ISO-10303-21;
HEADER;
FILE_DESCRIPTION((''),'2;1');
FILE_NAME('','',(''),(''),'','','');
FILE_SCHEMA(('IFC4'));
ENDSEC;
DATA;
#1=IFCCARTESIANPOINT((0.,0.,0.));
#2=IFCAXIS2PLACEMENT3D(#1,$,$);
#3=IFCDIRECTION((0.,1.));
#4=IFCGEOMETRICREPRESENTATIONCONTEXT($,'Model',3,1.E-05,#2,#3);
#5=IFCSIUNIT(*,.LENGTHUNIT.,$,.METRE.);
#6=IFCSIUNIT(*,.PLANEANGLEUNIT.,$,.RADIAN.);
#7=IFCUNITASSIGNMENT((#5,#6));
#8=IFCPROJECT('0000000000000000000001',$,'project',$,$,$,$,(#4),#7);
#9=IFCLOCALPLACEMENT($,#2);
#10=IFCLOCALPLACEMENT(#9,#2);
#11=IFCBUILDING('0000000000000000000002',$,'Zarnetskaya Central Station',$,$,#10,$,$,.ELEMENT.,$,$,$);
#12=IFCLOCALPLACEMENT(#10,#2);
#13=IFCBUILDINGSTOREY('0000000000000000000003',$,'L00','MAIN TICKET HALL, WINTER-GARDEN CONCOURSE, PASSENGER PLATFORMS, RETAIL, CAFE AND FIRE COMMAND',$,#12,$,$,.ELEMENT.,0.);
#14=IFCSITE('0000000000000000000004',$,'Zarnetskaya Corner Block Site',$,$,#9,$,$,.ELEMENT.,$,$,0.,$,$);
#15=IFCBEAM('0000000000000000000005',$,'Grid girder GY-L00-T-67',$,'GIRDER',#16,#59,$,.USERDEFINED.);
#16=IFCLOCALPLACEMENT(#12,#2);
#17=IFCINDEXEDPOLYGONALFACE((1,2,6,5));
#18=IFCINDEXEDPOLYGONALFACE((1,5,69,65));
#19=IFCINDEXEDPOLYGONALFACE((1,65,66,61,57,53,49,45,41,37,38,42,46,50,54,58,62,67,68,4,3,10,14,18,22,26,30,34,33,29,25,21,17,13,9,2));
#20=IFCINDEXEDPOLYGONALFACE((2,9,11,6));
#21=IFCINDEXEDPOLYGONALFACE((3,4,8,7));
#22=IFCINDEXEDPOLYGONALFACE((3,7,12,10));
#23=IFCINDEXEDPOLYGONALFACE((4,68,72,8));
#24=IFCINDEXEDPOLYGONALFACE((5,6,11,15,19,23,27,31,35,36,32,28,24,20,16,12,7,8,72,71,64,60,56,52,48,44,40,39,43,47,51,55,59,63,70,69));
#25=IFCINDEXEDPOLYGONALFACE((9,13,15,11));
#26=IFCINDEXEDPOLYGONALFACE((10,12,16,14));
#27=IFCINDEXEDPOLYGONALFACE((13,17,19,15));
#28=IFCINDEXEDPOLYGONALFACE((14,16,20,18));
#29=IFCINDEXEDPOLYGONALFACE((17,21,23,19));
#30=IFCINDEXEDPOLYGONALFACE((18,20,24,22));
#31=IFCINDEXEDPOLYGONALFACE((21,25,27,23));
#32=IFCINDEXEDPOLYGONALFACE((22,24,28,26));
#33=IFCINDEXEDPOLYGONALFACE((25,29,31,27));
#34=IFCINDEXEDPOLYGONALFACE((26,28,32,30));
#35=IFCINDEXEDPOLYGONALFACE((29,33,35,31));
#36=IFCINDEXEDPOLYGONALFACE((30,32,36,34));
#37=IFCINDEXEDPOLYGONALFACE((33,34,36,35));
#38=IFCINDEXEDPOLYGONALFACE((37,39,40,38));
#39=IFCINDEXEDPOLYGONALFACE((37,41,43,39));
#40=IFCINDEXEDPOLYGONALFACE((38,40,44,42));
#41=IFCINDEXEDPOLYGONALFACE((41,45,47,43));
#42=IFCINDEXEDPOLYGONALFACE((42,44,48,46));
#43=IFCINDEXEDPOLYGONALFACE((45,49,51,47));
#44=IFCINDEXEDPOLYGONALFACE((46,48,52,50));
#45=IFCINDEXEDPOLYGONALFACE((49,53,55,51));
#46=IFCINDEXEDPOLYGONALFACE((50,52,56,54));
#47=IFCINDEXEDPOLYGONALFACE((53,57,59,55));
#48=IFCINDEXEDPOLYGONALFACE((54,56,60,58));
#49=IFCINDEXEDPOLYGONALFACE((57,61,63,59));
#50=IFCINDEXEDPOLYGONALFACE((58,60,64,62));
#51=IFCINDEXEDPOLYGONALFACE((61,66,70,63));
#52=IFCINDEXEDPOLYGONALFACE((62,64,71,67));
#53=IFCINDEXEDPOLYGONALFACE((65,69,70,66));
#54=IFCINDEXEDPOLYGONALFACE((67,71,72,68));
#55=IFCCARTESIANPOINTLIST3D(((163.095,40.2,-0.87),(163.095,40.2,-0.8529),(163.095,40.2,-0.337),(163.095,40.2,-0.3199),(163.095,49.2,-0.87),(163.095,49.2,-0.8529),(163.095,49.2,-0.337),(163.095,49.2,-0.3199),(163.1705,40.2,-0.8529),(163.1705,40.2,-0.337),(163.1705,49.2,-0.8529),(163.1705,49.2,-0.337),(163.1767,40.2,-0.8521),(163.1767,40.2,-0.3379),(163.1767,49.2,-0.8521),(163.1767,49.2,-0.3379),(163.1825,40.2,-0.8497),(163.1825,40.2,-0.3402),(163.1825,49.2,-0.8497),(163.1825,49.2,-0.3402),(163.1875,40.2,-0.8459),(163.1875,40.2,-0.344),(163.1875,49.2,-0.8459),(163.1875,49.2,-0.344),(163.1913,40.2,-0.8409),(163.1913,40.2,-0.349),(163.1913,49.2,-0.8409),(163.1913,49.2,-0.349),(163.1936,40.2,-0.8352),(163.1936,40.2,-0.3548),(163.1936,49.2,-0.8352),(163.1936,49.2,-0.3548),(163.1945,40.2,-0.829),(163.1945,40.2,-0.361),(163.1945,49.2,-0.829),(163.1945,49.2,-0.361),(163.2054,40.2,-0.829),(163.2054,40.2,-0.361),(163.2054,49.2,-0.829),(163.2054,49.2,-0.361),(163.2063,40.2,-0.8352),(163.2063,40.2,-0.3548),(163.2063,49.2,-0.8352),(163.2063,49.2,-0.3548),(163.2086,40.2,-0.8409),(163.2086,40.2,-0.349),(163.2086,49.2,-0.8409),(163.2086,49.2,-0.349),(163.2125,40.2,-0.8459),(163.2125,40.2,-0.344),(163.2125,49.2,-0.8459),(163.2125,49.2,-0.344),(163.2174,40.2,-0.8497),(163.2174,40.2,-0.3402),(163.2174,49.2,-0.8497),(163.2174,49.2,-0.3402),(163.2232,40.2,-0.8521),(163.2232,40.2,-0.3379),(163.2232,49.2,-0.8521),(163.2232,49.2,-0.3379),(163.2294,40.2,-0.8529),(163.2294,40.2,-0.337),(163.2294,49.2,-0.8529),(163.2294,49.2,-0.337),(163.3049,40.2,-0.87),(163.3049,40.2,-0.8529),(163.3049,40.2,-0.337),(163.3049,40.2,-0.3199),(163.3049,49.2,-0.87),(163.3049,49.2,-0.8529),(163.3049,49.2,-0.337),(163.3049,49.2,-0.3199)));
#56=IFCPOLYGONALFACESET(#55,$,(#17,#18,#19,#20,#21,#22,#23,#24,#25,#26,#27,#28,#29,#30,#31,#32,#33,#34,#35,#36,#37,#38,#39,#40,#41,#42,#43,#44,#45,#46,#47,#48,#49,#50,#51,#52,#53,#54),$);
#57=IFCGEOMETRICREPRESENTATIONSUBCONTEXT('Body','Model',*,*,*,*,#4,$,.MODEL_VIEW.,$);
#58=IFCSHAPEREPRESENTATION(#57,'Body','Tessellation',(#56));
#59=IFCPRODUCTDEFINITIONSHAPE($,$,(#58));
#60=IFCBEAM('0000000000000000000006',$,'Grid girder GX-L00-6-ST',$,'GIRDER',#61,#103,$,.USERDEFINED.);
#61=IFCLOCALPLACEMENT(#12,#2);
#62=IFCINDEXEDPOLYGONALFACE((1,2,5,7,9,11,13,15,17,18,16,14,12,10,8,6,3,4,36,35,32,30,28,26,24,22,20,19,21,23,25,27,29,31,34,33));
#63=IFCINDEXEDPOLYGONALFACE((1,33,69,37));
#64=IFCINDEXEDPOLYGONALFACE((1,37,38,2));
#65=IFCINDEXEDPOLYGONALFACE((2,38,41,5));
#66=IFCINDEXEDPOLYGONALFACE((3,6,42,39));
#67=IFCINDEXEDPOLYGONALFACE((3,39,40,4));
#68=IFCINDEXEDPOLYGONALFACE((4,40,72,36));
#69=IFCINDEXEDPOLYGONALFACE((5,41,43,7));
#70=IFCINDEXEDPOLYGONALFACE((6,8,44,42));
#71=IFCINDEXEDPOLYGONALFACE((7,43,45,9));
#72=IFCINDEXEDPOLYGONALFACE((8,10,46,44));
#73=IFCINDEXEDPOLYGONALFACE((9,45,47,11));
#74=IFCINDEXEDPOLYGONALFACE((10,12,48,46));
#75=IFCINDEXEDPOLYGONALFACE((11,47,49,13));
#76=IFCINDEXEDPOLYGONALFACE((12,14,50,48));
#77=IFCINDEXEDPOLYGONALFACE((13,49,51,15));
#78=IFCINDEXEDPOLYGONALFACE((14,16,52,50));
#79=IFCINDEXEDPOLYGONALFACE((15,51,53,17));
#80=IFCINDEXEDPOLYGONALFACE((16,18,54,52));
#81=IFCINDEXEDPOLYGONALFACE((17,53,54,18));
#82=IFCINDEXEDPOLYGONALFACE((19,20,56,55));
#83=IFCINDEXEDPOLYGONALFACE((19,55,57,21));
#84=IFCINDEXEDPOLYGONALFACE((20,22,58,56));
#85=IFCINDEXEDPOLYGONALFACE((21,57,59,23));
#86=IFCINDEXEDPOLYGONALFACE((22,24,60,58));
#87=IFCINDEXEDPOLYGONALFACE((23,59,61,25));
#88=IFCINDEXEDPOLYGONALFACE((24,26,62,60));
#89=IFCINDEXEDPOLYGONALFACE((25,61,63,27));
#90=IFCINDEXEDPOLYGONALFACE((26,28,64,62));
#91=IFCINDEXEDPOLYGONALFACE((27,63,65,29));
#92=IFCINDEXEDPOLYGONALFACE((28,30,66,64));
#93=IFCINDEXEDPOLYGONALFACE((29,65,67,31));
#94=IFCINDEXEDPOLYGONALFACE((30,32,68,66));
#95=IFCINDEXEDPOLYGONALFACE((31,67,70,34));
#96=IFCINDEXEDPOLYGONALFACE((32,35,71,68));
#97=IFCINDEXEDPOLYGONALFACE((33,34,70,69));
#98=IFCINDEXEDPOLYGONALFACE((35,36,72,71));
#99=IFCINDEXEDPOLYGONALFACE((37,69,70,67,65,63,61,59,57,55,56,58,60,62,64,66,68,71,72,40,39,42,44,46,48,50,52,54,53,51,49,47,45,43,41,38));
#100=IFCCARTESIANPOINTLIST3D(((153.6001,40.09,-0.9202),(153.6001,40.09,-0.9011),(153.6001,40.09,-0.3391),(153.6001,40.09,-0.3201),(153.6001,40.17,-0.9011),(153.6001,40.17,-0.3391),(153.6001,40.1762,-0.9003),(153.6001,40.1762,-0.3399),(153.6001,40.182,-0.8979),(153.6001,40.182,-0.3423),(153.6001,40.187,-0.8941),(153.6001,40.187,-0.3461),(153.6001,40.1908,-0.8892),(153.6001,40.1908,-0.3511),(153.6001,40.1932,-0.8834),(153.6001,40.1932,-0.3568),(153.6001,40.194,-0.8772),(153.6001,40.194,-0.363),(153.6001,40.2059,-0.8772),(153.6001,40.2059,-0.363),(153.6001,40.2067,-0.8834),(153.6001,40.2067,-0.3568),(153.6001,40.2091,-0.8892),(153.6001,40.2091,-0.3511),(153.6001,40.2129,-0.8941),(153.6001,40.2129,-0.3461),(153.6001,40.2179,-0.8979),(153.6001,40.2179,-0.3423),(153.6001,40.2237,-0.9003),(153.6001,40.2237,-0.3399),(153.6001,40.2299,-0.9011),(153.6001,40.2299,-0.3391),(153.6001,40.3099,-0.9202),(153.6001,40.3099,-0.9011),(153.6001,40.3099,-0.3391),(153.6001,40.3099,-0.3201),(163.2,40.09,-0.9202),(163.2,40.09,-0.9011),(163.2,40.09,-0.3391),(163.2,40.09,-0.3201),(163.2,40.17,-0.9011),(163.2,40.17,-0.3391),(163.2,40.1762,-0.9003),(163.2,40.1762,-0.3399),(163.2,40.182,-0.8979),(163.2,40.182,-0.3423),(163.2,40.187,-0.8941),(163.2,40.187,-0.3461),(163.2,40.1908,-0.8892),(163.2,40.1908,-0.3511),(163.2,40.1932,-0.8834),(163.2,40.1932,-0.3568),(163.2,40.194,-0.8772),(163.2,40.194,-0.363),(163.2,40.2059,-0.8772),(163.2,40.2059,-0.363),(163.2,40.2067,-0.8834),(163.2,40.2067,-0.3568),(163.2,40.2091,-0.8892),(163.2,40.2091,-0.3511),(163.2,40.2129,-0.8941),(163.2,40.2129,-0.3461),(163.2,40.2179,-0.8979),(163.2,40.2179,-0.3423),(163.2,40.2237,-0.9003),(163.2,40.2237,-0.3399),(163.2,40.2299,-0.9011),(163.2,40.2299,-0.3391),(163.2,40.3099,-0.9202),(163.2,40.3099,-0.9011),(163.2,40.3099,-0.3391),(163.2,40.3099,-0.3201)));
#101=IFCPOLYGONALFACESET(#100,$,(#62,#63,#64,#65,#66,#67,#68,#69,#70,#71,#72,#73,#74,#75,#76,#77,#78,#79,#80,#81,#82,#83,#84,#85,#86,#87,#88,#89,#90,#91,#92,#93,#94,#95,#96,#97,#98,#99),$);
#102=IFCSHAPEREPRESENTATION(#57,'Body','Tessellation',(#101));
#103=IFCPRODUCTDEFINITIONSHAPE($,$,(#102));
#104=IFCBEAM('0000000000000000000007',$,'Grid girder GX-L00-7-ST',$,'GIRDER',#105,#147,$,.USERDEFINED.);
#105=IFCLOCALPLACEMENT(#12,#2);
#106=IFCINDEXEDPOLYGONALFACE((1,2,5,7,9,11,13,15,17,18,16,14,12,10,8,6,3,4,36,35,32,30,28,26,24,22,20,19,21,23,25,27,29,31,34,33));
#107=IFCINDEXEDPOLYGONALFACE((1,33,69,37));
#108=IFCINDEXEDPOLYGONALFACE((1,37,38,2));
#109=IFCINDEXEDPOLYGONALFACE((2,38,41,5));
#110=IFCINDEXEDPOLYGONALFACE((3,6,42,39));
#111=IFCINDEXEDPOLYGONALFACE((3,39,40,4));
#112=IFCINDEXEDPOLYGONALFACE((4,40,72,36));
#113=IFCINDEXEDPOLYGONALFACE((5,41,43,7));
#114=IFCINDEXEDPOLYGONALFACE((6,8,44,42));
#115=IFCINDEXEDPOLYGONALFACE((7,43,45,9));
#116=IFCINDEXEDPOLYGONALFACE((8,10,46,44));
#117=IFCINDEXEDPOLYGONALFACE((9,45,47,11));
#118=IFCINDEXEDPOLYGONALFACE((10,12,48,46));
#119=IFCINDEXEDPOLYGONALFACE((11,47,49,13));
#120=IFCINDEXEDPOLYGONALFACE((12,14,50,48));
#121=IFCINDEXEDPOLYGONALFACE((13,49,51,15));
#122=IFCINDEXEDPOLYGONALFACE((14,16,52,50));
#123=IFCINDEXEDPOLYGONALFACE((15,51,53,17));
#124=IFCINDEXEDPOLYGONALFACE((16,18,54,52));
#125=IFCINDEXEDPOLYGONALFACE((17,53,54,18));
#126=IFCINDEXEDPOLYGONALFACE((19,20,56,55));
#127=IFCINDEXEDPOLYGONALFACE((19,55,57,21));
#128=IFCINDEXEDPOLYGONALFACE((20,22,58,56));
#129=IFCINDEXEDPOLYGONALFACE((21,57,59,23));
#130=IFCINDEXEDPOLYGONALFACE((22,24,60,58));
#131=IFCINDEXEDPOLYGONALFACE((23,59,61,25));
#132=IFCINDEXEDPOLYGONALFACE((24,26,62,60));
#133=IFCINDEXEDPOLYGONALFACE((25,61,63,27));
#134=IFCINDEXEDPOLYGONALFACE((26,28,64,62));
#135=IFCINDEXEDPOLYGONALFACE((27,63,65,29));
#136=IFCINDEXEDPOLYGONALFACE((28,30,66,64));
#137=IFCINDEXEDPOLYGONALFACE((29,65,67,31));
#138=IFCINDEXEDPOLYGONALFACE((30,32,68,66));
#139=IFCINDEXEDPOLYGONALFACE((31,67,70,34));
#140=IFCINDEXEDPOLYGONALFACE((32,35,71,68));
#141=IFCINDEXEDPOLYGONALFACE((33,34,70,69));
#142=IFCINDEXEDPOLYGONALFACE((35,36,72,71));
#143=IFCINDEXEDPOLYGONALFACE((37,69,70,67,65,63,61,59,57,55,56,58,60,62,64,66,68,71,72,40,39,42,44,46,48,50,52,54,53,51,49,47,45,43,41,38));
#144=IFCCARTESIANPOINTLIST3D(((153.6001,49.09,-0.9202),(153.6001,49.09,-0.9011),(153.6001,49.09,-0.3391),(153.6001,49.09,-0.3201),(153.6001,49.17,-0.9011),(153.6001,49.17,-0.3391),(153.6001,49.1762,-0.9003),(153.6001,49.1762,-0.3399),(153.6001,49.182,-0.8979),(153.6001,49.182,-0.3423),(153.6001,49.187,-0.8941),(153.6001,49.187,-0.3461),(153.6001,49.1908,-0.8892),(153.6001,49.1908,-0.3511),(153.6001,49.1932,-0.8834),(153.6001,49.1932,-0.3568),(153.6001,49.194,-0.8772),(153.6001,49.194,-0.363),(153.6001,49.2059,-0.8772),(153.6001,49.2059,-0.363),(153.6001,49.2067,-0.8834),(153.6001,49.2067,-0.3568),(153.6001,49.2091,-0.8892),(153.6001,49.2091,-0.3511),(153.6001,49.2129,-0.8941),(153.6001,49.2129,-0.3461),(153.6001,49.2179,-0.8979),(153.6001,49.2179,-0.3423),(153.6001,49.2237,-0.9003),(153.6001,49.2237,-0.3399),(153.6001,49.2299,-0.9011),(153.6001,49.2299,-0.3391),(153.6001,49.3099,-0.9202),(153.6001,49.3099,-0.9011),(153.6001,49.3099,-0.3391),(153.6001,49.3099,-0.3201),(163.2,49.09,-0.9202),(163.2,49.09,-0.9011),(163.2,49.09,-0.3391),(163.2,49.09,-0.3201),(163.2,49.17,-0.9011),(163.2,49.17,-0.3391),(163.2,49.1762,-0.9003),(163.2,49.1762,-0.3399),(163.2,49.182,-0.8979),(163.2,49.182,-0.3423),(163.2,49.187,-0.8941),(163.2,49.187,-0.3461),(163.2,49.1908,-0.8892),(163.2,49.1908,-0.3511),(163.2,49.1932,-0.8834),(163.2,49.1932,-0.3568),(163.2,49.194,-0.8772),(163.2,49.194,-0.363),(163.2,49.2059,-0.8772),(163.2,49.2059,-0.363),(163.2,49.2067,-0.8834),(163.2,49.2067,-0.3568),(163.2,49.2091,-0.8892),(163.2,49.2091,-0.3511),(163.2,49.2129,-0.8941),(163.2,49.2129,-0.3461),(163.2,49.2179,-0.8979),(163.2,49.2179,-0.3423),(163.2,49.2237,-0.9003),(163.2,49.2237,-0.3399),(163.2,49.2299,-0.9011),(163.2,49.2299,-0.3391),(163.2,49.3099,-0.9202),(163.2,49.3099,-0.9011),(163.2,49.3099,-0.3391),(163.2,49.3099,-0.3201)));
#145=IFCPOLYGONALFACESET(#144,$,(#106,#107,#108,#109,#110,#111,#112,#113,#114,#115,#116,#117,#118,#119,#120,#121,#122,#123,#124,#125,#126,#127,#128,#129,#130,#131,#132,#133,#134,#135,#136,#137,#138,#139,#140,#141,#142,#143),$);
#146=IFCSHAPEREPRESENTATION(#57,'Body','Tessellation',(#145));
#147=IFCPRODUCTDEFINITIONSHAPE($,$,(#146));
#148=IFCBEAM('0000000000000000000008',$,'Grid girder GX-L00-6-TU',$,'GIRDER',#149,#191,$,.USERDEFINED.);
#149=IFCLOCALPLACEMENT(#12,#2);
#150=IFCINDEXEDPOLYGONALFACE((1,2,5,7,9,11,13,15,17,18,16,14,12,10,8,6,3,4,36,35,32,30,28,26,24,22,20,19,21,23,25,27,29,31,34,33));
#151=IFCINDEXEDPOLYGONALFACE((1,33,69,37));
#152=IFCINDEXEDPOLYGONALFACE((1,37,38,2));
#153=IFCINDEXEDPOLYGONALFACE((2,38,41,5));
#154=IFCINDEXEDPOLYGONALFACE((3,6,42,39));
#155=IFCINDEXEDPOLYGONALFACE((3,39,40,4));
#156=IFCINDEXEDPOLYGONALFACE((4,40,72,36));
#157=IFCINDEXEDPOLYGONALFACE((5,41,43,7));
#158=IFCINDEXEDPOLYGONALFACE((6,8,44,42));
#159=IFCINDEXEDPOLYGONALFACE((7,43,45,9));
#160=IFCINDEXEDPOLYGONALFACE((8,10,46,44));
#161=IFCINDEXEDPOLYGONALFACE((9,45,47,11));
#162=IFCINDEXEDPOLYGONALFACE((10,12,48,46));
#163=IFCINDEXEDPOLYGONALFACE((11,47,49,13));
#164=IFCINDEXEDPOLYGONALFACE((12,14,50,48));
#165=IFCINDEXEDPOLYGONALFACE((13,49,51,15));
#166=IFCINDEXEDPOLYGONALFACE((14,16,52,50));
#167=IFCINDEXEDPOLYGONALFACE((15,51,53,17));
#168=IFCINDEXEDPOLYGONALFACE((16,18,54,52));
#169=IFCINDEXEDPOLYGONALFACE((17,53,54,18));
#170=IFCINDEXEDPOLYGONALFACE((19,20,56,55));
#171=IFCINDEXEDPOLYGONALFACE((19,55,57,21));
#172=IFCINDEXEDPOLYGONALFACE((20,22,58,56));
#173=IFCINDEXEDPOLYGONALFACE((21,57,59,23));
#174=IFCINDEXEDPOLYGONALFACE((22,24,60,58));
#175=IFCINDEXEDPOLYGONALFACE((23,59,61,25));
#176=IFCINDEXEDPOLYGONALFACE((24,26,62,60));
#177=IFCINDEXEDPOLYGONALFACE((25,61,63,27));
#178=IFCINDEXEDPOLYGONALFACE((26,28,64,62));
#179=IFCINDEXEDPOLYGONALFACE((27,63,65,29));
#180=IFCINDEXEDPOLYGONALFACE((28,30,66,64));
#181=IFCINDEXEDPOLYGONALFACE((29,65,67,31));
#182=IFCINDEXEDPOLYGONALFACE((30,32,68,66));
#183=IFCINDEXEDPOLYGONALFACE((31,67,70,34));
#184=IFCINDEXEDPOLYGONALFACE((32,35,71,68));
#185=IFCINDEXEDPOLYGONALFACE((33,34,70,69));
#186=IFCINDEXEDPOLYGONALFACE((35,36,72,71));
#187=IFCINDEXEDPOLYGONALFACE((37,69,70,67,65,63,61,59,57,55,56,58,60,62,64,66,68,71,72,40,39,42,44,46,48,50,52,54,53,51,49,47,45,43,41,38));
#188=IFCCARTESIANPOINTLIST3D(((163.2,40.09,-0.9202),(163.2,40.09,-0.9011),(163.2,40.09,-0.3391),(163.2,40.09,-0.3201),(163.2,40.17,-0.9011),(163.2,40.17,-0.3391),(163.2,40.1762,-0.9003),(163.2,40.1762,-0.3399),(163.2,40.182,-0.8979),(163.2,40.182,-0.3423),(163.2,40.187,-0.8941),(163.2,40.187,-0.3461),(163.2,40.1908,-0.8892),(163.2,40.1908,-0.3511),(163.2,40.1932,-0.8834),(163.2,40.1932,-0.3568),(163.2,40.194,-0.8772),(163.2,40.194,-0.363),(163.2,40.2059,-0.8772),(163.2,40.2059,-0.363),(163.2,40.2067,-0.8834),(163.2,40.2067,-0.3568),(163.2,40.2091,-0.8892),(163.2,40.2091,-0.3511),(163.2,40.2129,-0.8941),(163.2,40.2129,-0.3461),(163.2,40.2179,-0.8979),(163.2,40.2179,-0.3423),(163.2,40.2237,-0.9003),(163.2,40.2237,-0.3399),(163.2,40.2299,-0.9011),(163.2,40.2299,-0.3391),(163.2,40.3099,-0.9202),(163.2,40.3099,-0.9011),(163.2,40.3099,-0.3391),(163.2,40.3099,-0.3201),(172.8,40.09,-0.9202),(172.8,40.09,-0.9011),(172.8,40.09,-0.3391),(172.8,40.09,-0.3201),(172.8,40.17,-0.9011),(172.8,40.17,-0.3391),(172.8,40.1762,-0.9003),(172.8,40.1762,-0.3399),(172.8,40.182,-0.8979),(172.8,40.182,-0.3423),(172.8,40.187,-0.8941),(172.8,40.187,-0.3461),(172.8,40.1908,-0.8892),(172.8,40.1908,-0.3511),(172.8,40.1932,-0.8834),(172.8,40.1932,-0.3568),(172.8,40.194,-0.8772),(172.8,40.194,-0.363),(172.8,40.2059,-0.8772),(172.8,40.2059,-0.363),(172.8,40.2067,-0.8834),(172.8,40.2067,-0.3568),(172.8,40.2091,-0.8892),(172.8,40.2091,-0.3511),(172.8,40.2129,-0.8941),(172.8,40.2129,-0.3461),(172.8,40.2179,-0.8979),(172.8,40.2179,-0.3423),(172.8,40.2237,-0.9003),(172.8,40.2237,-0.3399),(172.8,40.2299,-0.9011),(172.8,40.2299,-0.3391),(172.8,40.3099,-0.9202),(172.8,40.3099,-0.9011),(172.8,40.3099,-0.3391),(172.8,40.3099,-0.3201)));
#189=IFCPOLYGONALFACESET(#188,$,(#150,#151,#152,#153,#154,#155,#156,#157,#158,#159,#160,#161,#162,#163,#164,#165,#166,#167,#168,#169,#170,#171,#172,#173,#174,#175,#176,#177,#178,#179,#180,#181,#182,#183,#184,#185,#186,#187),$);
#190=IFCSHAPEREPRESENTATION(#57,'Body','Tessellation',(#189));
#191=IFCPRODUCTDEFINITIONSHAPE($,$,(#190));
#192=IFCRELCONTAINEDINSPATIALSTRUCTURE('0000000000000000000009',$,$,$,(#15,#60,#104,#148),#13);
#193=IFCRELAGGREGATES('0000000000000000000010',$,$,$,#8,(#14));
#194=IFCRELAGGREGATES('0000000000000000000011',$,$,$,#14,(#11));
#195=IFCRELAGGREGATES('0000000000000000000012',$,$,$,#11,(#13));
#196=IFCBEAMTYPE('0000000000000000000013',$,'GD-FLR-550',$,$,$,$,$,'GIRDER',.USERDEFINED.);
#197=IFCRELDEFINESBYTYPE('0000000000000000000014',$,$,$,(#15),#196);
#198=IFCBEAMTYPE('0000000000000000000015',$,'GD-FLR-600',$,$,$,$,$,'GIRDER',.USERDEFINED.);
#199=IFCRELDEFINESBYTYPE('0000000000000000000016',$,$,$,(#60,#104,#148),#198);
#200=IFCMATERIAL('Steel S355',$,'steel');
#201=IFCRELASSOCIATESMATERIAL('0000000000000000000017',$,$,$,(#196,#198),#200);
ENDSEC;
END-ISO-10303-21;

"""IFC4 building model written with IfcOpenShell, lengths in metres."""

from ifc_helpers import new_model, si_unit, direction, frame, origin, origin_2d, place, context, subcontext, project, spatial, i_section, extrude, material, material_profile, profile_set, type_object, element, save


model = new_model("IFC4")

# Units and contexts
model_context = context("Model", 3, precision=1e-05, world=origin(), true_north=direction((0.0, 1.0)))
body_context = subcontext(model_context, "Body", "Model", "MODEL_VIEW")
ifc_project = project(units=[si_unit("LENGTHUNIT", "METRE"), si_unit("PLANEANGLEUNIT", "RADIAN")], contexts=[model_context])

# Site, building, storey
site_placement = place(None, origin())
site = spatial("IfcSite", under=ifc_project, at=site_placement, Name="Zarnetskaya Corner Block Site", CompositionType="ELEMENT", RefElevation=0.0)
building_placement = place(site_placement, origin())
building = spatial("IfcBuilding", under=site, at=building_placement, Name="Zarnetskaya Central Station", CompositionType="ELEMENT")
storey_placement = place(building_placement, origin())
storey = spatial("IfcBuildingStorey", under=building, at=storey_placement, Name="L00", Description="MAIN TICKET HALL, WINTER-GARDEN CONCOURSE, PASSENGER PLATFORMS, RETAIL, CAFE AND FIRE COMMAND", CompositionType="ELEMENT", Elevation=0.0)

# Shared definitions
ifc_material_1 = material(Name="Steel S355", Category="steel")

# Beams
ifc_material_profile_1 = material_profile(ifc_material_1, i_section(OverallWidth=0.21, OverallDepth=0.55, WebThickness=0.011, FlangeThickness=0.0171, FilletRadius=0.0239, at=origin_2d()), Name="IPE 550")
ifc_profile_set_1 = profile_set([ifc_material_profile_1], Name="Steel S355")
beam_type_1 = type_object("IfcBeamType", Name="GD-FLR-550", ElementType="GIRDER", PredefinedType="USERDEFINED", material=ifc_profile_set_1)
for number, where, z_axis, x_axis, name in (
    (1, (163.2, 40.2, -0.595), (0.0, 1.0, 0.0), (-1.0, 0.0, 0.0), "Grid girder GY-L00-T-67"),
):
    element("IfcBeam", number, at=place(storey_placement, frame(where, z_axis=z_axis, x_axis=x_axis)), inside=storey, type_object=beam_type_1, Name=name, ObjectType="GIRDER", PredefinedType="USERDEFINED", context=body_context, shape_type="SweptSolid", body=[
        extrude(i_section(OverallWidth=0.21, OverallDepth=0.55, WebThickness=0.011, FlangeThickness=0.0171, FilletRadius=0.0239, at=origin_2d()), origin(), (0.0, 0.0, 1.0), 9.0),
    ])
ifc_material_profile_2 = material_profile(ifc_material_1, i_section(OverallWidth=0.22, OverallDepth=0.6001, WebThickness=0.012, FlangeThickness=0.019, FilletRadius=0.0239, at=origin_2d()), Name="IPE 600")
ifc_profile_set_2 = profile_set([ifc_material_profile_2], Name="Steel S355")
beam_type_2 = type_object("IfcBeamType", Name="GD-FLR-600", ElementType="GIRDER", PredefinedType="USERDEFINED", material=ifc_profile_set_2)
for number, where, z_axis, x_axis, name in (
    (2, (153.6001, 40.2, -0.6201), (1.0, 0.0, 0.0), (0.0, 1.0, 0.0), "Grid girder GX-L00-6-ST"),
    (3, (153.6001, 49.2, -0.6201), (1.0, 0.0, 0.0), (0.0, 1.0, 0.0), "Grid girder GX-L00-7-ST"),
):
    element("IfcBeam", number, at=place(storey_placement, frame(where, z_axis=z_axis, x_axis=x_axis)), inside=storey, type_object=beam_type_2, Name=name, ObjectType="GIRDER", PredefinedType="USERDEFINED", context=body_context, shape_type="SweptSolid", body=[
        extrude(i_section(OverallWidth=0.22, OverallDepth=0.6001, WebThickness=0.012, FlangeThickness=0.019, FilletRadius=0.0239, at=origin_2d()), origin(), (0.0, 0.0, 1.0), 9.5999),
    ])
for number, where, z_axis, x_axis, name in (
    (4, (163.2, 40.2, -0.6201), (1.0, 0.0, 0.0), (0.0, 1.0, 0.0), "Grid girder GX-L00-6-TU"),
):
    element("IfcBeam", number, at=place(storey_placement, frame(where, z_axis=z_axis, x_axis=x_axis)), inside=storey, type_object=beam_type_2, Name=name, ObjectType="GIRDER", PredefinedType="USERDEFINED", context=body_context, shape_type="SweptSolid", body=[
        extrude(i_section(OverallWidth=0.22, OverallDepth=0.6001, WebThickness=0.012, FlangeThickness=0.019, FilletRadius=0.0239, at=origin_2d()), origin(), (0.0, 0.0, 1.0), 9.6001),
    ])

save(model, "model.ifc")
